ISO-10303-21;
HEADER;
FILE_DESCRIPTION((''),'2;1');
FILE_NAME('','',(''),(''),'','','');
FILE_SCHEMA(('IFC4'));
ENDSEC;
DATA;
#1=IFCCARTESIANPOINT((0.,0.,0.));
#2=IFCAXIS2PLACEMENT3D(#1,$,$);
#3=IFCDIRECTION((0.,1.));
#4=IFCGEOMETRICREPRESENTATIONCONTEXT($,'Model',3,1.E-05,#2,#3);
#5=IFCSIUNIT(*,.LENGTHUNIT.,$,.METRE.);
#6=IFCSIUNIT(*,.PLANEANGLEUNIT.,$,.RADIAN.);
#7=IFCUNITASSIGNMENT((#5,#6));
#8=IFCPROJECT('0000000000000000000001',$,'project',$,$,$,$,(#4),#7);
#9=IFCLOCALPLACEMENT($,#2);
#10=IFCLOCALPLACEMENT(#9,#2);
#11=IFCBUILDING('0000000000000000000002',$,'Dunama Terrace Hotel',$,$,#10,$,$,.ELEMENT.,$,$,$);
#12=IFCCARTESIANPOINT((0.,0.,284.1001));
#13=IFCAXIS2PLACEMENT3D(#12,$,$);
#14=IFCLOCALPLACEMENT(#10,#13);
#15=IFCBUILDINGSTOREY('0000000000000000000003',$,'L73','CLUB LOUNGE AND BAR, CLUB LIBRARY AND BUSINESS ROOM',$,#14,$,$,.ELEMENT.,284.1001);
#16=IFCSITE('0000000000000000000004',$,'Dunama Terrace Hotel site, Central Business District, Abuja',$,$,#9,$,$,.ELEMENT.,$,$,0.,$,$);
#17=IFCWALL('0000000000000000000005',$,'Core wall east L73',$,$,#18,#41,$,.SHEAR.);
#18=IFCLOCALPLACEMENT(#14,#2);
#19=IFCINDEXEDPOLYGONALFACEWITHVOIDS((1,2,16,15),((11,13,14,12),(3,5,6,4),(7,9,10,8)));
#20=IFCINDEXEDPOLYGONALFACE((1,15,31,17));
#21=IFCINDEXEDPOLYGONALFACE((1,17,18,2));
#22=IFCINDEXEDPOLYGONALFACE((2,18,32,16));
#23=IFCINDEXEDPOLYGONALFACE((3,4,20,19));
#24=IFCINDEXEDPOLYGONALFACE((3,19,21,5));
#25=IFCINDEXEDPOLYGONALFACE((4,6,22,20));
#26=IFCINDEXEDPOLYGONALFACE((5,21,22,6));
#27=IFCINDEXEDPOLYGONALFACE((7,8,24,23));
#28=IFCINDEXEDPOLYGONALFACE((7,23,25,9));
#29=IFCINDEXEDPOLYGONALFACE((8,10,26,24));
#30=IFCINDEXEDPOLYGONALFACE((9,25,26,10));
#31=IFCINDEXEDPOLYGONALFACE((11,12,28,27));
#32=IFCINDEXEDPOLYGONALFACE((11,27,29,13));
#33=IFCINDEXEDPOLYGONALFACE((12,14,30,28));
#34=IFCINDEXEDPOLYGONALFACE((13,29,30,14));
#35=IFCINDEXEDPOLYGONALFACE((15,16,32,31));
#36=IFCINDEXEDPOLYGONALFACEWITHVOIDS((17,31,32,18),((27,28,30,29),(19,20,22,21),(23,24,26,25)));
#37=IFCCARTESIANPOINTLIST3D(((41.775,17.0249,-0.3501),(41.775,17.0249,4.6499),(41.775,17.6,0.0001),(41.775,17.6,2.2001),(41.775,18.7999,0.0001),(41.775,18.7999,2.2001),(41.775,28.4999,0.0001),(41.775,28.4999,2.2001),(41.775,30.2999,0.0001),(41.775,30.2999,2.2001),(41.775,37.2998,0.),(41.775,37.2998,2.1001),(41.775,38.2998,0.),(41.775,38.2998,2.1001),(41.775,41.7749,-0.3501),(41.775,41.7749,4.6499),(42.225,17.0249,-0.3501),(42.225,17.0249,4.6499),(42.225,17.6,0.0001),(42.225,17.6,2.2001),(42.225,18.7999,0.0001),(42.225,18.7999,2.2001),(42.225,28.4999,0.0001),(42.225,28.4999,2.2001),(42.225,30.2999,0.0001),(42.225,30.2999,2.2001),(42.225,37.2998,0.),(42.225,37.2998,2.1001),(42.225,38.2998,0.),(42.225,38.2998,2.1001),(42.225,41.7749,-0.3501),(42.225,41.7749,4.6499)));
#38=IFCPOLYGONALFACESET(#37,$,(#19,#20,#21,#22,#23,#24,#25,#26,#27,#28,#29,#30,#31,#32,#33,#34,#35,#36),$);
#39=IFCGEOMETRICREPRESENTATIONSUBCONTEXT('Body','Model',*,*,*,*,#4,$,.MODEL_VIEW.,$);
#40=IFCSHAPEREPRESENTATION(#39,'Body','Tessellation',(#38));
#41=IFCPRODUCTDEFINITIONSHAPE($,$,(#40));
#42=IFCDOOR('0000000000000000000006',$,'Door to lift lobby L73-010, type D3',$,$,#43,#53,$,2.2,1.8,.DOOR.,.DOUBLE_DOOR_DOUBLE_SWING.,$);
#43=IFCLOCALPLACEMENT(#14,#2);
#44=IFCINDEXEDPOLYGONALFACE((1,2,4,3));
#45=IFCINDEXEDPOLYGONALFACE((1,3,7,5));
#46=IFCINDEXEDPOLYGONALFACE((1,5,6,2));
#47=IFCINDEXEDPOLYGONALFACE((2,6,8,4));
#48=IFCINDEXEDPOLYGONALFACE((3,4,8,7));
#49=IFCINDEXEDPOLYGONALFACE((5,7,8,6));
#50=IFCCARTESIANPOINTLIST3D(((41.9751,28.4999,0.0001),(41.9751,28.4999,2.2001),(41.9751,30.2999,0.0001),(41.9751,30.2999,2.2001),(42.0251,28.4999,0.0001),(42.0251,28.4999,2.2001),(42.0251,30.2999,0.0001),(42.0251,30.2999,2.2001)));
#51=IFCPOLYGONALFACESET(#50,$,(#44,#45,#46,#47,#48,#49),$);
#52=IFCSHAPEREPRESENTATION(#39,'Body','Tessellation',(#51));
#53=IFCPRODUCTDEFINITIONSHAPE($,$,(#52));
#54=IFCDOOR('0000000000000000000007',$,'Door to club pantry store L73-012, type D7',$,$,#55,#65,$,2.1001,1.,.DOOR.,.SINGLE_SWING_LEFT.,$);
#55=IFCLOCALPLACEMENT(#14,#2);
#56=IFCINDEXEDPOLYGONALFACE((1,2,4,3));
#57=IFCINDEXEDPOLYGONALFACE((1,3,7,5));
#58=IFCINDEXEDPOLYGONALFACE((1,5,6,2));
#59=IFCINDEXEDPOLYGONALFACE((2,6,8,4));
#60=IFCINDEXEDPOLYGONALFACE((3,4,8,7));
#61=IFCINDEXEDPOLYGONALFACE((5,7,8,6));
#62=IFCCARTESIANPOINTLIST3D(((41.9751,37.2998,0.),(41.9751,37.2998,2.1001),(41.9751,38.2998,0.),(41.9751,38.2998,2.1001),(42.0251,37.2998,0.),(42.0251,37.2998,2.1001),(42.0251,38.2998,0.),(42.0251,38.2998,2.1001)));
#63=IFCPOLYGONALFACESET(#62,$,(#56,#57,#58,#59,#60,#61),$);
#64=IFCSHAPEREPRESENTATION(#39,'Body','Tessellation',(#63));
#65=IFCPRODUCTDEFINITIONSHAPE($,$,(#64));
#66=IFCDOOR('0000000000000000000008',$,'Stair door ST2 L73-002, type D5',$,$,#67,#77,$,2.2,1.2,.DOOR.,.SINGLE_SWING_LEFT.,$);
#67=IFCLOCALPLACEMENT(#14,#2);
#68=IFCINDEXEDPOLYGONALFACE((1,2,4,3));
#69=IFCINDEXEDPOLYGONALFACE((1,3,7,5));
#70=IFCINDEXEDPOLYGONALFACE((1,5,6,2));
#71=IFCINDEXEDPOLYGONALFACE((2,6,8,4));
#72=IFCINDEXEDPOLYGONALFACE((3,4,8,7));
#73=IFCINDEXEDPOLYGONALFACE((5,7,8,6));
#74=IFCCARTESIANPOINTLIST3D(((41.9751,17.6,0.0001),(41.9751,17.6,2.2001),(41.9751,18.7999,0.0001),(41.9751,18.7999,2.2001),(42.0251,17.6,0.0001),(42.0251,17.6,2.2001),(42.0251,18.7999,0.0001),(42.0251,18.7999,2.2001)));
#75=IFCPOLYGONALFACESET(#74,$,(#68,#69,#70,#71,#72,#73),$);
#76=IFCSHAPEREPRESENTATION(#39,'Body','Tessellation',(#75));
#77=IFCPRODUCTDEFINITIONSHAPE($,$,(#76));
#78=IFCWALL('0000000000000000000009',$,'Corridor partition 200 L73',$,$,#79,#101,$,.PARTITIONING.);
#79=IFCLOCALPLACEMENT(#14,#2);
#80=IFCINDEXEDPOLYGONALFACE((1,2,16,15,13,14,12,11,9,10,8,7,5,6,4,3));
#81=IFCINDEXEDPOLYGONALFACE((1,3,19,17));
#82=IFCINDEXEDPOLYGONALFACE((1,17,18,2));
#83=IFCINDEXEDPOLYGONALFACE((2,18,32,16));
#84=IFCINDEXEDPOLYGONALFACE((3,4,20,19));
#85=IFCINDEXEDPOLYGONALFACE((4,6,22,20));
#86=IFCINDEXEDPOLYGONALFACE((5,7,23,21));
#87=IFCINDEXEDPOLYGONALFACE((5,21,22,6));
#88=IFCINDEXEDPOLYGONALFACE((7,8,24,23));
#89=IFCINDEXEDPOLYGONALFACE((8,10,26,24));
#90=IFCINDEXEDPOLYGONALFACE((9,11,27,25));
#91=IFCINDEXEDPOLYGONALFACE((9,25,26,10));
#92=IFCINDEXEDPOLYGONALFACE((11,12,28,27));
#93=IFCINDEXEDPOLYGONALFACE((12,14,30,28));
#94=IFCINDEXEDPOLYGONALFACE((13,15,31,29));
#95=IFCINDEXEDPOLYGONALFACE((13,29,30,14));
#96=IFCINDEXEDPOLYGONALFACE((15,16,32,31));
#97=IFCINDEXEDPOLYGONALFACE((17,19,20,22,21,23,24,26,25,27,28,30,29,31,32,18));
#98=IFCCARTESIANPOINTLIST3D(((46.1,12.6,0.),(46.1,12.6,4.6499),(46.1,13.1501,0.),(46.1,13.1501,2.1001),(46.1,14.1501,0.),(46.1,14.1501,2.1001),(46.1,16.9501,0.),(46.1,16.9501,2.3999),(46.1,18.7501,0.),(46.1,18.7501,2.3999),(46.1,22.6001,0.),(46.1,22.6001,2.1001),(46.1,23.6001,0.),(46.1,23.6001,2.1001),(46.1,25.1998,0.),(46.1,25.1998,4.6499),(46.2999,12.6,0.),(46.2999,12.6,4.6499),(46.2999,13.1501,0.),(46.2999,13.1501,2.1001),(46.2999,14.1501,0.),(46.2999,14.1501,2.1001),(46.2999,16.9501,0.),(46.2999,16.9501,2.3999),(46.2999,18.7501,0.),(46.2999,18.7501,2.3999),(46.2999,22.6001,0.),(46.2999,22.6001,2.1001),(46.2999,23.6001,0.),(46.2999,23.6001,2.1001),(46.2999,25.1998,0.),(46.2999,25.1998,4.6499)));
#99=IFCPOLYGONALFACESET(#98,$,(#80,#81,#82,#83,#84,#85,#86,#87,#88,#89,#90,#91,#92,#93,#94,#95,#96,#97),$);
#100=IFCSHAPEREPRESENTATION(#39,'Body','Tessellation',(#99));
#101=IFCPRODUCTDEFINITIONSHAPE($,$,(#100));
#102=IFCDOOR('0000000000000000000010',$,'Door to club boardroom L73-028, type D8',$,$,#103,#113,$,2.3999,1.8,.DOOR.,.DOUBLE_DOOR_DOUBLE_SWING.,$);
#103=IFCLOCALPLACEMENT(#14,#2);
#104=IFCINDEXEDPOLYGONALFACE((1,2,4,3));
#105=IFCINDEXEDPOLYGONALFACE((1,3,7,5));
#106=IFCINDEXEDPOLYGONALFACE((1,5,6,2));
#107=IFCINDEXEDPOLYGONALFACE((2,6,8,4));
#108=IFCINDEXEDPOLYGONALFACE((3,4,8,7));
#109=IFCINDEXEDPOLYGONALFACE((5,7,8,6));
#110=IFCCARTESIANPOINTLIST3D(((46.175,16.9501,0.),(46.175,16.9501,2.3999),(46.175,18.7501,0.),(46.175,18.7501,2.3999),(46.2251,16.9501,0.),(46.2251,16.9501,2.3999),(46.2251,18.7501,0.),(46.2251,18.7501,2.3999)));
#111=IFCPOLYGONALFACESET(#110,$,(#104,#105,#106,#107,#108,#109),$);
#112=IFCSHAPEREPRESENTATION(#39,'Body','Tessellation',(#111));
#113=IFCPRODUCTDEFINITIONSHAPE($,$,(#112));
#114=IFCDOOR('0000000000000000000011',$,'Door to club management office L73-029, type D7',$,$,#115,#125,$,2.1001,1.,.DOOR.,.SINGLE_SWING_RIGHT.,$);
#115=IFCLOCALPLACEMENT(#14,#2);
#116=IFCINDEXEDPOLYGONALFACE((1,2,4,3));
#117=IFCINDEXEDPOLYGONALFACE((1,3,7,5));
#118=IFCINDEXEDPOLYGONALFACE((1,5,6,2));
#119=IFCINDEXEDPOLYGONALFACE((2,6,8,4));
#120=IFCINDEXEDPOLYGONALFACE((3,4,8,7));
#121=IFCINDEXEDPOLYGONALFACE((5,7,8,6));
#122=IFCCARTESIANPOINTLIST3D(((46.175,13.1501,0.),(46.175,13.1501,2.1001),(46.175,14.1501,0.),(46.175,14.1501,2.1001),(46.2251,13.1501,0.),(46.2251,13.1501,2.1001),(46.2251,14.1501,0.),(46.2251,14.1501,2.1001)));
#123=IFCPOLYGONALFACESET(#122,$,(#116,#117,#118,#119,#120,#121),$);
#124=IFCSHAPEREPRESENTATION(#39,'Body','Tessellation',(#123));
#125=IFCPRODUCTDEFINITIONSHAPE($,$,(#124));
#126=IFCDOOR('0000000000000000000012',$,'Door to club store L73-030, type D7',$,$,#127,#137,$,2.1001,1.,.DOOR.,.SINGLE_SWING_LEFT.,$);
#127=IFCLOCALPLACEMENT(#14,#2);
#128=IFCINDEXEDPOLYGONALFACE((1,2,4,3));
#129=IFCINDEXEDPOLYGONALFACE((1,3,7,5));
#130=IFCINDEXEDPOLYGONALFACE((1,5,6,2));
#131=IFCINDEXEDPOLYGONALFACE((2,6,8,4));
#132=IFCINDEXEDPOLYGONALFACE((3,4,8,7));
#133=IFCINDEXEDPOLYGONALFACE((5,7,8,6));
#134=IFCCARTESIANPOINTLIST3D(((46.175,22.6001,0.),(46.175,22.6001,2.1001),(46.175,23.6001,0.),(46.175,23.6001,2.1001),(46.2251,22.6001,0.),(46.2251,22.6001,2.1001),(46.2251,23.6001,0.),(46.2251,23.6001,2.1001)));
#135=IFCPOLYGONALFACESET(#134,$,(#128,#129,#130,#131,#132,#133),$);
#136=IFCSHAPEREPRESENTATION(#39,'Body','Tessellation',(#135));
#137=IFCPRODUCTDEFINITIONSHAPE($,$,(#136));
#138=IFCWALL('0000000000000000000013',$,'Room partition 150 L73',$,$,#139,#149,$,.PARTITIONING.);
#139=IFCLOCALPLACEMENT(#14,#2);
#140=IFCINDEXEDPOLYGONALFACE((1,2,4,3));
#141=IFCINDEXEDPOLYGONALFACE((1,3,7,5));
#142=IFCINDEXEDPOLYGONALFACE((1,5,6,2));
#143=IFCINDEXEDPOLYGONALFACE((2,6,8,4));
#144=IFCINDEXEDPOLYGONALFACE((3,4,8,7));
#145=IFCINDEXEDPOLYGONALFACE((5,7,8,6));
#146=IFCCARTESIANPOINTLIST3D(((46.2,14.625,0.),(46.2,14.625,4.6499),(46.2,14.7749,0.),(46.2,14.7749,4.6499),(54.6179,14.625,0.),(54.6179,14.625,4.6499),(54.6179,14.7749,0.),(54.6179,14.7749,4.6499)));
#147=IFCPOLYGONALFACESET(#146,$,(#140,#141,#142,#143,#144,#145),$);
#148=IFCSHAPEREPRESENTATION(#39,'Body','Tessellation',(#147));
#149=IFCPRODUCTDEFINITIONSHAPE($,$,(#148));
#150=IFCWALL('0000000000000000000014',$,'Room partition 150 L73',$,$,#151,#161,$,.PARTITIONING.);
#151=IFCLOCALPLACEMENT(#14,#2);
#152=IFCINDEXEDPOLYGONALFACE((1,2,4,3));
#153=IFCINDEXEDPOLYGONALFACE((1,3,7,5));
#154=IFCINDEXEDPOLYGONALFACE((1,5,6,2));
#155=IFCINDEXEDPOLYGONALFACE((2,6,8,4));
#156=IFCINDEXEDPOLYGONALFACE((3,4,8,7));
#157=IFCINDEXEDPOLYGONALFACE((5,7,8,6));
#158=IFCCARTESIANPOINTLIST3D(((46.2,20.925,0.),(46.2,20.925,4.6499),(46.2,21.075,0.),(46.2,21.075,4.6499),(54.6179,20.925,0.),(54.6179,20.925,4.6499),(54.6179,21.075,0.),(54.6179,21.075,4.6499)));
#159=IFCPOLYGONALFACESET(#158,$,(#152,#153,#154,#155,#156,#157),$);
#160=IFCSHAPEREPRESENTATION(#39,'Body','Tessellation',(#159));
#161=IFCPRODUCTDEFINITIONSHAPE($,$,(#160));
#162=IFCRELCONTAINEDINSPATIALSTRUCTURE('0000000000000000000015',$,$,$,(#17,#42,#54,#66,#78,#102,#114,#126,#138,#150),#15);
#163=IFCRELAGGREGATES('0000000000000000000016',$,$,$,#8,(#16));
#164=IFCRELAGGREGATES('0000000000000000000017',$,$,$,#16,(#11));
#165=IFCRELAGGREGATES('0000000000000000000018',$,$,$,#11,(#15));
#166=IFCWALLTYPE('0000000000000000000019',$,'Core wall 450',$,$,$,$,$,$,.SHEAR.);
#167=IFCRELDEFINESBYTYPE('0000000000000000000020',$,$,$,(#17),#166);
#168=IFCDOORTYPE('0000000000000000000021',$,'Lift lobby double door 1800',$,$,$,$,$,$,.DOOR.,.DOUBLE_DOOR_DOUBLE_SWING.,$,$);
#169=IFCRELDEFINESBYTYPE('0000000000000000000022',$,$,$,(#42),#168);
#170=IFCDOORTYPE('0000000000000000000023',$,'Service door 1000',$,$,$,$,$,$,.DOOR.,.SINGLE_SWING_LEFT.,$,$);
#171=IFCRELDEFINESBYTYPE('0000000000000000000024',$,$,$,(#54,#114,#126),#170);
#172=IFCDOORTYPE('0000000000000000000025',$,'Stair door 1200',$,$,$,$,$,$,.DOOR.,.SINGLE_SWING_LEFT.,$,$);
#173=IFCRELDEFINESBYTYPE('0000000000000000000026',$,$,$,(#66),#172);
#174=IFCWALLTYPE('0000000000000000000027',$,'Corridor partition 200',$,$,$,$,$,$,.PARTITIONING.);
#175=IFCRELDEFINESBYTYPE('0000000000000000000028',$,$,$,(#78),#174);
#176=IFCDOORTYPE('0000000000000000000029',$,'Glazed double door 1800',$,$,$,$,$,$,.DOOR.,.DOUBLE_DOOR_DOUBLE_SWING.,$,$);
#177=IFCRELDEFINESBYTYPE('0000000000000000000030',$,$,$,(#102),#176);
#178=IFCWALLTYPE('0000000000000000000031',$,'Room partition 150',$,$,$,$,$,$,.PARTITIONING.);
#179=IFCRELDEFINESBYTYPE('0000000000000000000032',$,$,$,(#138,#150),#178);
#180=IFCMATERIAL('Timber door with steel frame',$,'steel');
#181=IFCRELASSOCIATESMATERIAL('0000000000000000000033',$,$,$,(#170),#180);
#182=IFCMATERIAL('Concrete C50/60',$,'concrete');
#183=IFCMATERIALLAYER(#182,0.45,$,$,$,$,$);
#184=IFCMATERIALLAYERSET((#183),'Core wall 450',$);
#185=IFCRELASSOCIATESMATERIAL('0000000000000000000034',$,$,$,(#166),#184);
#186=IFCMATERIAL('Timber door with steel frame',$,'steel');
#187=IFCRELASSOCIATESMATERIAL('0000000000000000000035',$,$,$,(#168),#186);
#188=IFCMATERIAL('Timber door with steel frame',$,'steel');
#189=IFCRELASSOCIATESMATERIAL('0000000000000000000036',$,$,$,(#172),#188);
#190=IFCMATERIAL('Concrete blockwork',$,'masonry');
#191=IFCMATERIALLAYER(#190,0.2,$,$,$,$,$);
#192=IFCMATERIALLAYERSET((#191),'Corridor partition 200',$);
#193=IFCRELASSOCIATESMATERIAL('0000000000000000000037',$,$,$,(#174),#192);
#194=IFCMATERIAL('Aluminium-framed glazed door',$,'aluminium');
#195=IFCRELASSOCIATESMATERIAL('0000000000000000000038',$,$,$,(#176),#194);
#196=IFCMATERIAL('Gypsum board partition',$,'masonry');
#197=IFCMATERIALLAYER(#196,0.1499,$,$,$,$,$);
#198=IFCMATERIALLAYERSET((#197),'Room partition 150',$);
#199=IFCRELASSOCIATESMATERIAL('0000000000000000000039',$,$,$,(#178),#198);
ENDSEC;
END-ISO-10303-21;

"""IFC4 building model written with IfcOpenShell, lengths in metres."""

from ifc_helpers import new_model, si_unit, direction, frame, frame_2d, origin, place, context, subcontext, project, spatial, rectangle, extrude, material, layer, layer_set, type_object, element, fill, save


model = new_model("IFC4")

# Units and contexts
model_context = context("Model", 3, precision=1e-05, world=origin(), true_north=direction((0.0, 1.0)))
body_context = subcontext(model_context, "Body", "Model", "MODEL_VIEW")
ifc_project = project(units=[si_unit("LENGTHUNIT", "METRE"), si_unit("PLANEANGLEUNIT", "RADIAN")], contexts=[model_context])

# Site, building, storey
site_placement = place(None, origin())
site = spatial("IfcSite", under=ifc_project, at=site_placement, Name="Dunama Terrace Hotel site, Central Business District, Abuja", CompositionType="ELEMENT", RefElevation=0.0)
building_placement = place(site_placement, origin())
building = spatial("IfcBuilding", under=site, at=building_placement, Name="Dunama Terrace Hotel", CompositionType="ELEMENT")
storey_placement = place(building_placement, frame((0.0, 0.0, 284.1001)))
storey = spatial("IfcBuildingStorey", under=building, at=storey_placement, Name="L73", Description="CLUB LOUNGE AND BAR, CLUB LIBRARY AND BUSINESS ROOM", CompositionType="ELEMENT", Elevation=284.1001)

# Shared definitions
ifc_material_1 = material(Name="Timber door with steel frame", Category="steel")
door_type_1 = type_object("IfcDoorType", Name="Service door 1000", OperationType="SINGLE_SWING_LEFT", PredefinedType="DOOR", material=ifc_material_1)

# Walls, openings, doors
ifc_material_2 = material(Name="Concrete C50/60", Category="concrete")
ifc_layer_1 = layer(ifc_material_2, 0.45)
ifc_layer_set_1 = layer_set([ifc_layer_1], Name="Core wall 450")
wall_type_1 = type_object("IfcWallType", Name="Core wall 450", PredefinedType="SHEAR", material=ifc_layer_set_1)
wall_1_placement = place(storey_placement, frame((42.0, 17.0249, -0.3501), z_axis=(0.0, 0.0, 1.0), x_axis=(0.0, 1.0, 0.0)))
wall_1 = element("IfcWall", 1, at=wall_1_placement, inside=storey, type_object=wall_type_1, Name="Core wall east L73", PredefinedType="SHEAR", context=body_context, shape_type="SweptSolid", body=[
    extrude(rectangle(XDim=24.75, YDim=0.45, at=frame_2d((12.375, 0.0))), origin(), (0.0, 0.0, 1.0), 5.0),
])
opening_1_placement = place(wall_1_placement, frame((0.575, 0.0, 0.3501)))
opening_1 = element("IfcOpeningElement", 2, at=opening_1_placement, cuts=wall_1, PredefinedType="OPENING", context=body_context, shape_type="SweptSolid", body=[
    extrude(rectangle(XDim=1.2, YDim=2.2, at=frame_2d((0.6001, 1.1001))), frame((0.0, 0.2349, 0.0), z_axis=(0.0, -1.0, 0.0), x_axis=(1.0, 0.0, 0.0)), (0.0, 0.0, 1.0), 0.47),
])
opening_2_placement = place(wall_1_placement, frame((11.4751, 0.0, 0.3501)))
opening_2 = element("IfcOpeningElement", 3, at=opening_2_placement, cuts=wall_1, PredefinedType="OPENING", context=body_context, shape_type="SweptSolid", body=[
    extrude(rectangle(XDim=1.8, YDim=2.2, at=frame_2d((0.8999, 1.1001))), frame((0.0, 0.2349, 0.0), z_axis=(0.0, -1.0, 0.0), x_axis=(1.0, 0.0, 0.0)), (0.0, 0.0, 1.0), 0.47),
])
opening_3_placement = place(wall_1_placement, frame((20.2749, 0.0, 0.3501)))
opening_3 = element("IfcOpeningElement", 4, at=opening_3_placement, cuts=wall_1, PredefinedType="OPENING", context=body_context, shape_type="SweptSolid", body=[
    extrude(rectangle(XDim=1.0, YDim=2.1001, at=frame_2d((0.5, 1.05))), frame((0.0, 0.2349, 0.0), z_axis=(0.0, -1.0, 0.0), x_axis=(1.0, 0.0, 0.0)), (0.0, 0.0, 1.0), 0.47),
])
ifc_material_3 = material(Name="Timber door with steel frame", Category="steel")
door_type_2 = type_object("IfcDoorType", Name="Lift lobby double door 1800", OperationType="DOUBLE_DOOR_DOUBLE_SWING", PredefinedType="DOOR", material=ifc_material_3)
door_1_placement = place(opening_2_placement, origin())
door_1 = element("IfcDoor", 5, at=door_1_placement, inside=storey, type_object=door_type_2, Name="Door to lift lobby L73-010, type D3", OperationType="DOUBLE_DOOR_DOUBLE_SWING", OverallHeight=2.2, OverallWidth=1.8, PredefinedType="DOOR", context=body_context, shape_type="SweptSolid", body=[
    extrude(rectangle(XDim=1.8, YDim=2.2, at=frame_2d((0.8999, 1.1001))), frame((0.0, 0.0249, 0.0), z_axis=(0.0, -1.0, 0.0), x_axis=(1.0, 0.0, 0.0)), (0.0, 0.0, 1.0), 0.05),
])
fill(opening_2, door_1)
door_2_placement = place(opening_3_placement, origin())
door_2 = element("IfcDoor", 6, at=door_2_placement, inside=storey, type_object=door_type_1, Name="Door to club pantry store L73-012, type D7", OperationType="SINGLE_SWING_LEFT", OverallHeight=2.1001, OverallWidth=1.0, PredefinedType="DOOR", context=body_context, shape_type="SweptSolid", body=[
    extrude(rectangle(XDim=1.0, YDim=2.1001, at=frame_2d((0.5, 1.05))), frame((0.0, 0.0249, 0.0), z_axis=(0.0, -1.0, 0.0), x_axis=(1.0, 0.0, 0.0)), (0.0, 0.0, 1.0), 0.05),
])
fill(opening_3, door_2)
ifc_material_4 = material(Name="Timber door with steel frame", Category="steel")
door_type_3 = type_object("IfcDoorType", Name="Stair door 1200", OperationType="SINGLE_SWING_LEFT", PredefinedType="DOOR", material=ifc_material_4)
door_3_placement = place(opening_1_placement, origin())
door_3 = element("IfcDoor", 7, at=door_3_placement, inside=storey, type_object=door_type_3, Name="Stair door ST2 L73-002, type D5", OperationType="SINGLE_SWING_LEFT", OverallHeight=2.2, OverallWidth=1.2, PredefinedType="DOOR", context=body_context, shape_type="SweptSolid", body=[
    extrude(rectangle(XDim=1.2, YDim=2.2, at=frame_2d((0.6001, 1.1001))), frame((0.0, 0.0249, 0.0), z_axis=(0.0, -1.0, 0.0), x_axis=(1.0, 0.0, 0.0)), (0.0, 0.0, 1.0), 0.05),
])
fill(opening_1, door_3)
ifc_material_5 = material(Name="Concrete blockwork", Category="masonry")
ifc_layer_2 = layer(ifc_material_5, 0.2)
ifc_layer_set_2 = layer_set([ifc_layer_2], Name="Corridor partition 200")
wall_type_2 = type_object("IfcWallType", Name="Corridor partition 200", PredefinedType="PARTITIONING", material=ifc_layer_set_2)
wall_2_placement = place(storey_placement, frame((46.2, 12.6001, 0.0), z_axis=(0.0, 0.0, 1.0), x_axis=(0.0, 1.0, 0.0)))
wall_2 = element("IfcWall", 8, at=wall_2_placement, inside=storey, type_object=wall_type_2, Name="Corridor partition 200 L73", PredefinedType="PARTITIONING", context=body_context, shape_type="SweptSolid", body=[
    extrude(rectangle(XDim=12.5999, YDim=0.2, at=frame_2d((6.2998, 0.0))), origin(), (0.0, 0.0, 1.0), 4.6499),
])
opening_4_placement = place(wall_2_placement, frame((4.3501, 0.0, 0.0)))
opening_4 = element("IfcOpeningElement", 9, at=opening_4_placement, cuts=wall_2, PredefinedType="OPENING", context=body_context, shape_type="SweptSolid", body=[
    extrude(rectangle(XDim=1.8, YDim=2.3999, at=frame_2d((0.8999, 1.2))), frame((0.0, 0.1099, 0.0), z_axis=(0.0, -1.0, 0.0), x_axis=(1.0, 0.0, 0.0)), (0.0, 0.0, 1.0), 0.22),
])
opening_5_placement = place(wall_2_placement, frame((0.55, 0.0, 0.0)))
opening_5 = element("IfcOpeningElement", 10, at=opening_5_placement, cuts=wall_2, PredefinedType="OPENING", context=body_context, shape_type="SweptSolid", body=[
    extrude(rectangle(XDim=1.0, YDim=2.1001, at=frame_2d((0.5, 1.05))), frame((0.0, 0.1099, 0.0), z_axis=(0.0, -1.0, 0.0), x_axis=(1.0, 0.0, 0.0)), (0.0, 0.0, 1.0), 0.22),
])
opening_6_placement = place(wall_2_placement, frame((10.0, 0.0, 0.0)))
opening_6 = element("IfcOpeningElement", 11, at=opening_6_placement, cuts=wall_2, PredefinedType="OPENING", context=body_context, shape_type="SweptSolid", body=[
    extrude(rectangle(XDim=1.0, YDim=2.1001, at=frame_2d((0.5, 1.05))), frame((0.0, 0.1099, 0.0), z_axis=(0.0, -1.0, 0.0), x_axis=(1.0, 0.0, 0.0)), (0.0, 0.0, 1.0), 0.22),
])
ifc_material_6 = material(Name="Aluminium-framed glazed door", Category="aluminium")
door_type_4 = type_object("IfcDoorType", Name="Glazed double door 1800", OperationType="DOUBLE_DOOR_DOUBLE_SWING", PredefinedType="DOOR", material=ifc_material_6)
door_4_placement = place(opening_4_placement, origin())
door_4 = element("IfcDoor", 12, at=door_4_placement, inside=storey, type_object=door_type_4, Name="Door to club boardroom L73-028, type D8", OperationType="DOUBLE_DOOR_DOUBLE_SWING", OverallHeight=2.3999, OverallWidth=1.8, PredefinedType="DOOR", context=body_context, shape_type="SweptSolid", body=[
    extrude(rectangle(XDim=1.8, YDim=2.3999, at=frame_2d((0.8999, 1.2))), frame((0.0, 0.0249, 0.0), z_axis=(0.0, -1.0, 0.0), x_axis=(1.0, 0.0, 0.0)), (0.0, 0.0, 1.0), 0.05),
])
fill(opening_4, door_4)
door_5_placement = place(opening_5_placement, frame((1.0, 0.0, 0.0), z_axis=(0.0, 0.0, 1.0), x_axis=(-1.0, 0.0, 0.0)))
door_5 = element("IfcDoor", 13, at=door_5_placement, inside=storey, type_object=door_type_1, Name="Door to club management office L73-029, type D7", OperationType="SINGLE_SWING_RIGHT", OverallHeight=2.1001, OverallWidth=1.0, PredefinedType="DOOR", context=body_context, shape_type="SweptSolid", body=[
    extrude(rectangle(XDim=1.0, YDim=2.1001, at=frame_2d((0.5, 1.05))), frame((0.0, 0.0251, 0.0), z_axis=(0.0, -1.0, 0.0), x_axis=(1.0, 0.0, 0.0)), (0.0, 0.0, 1.0), 0.05),
])
fill(opening_5, door_5)
door_6_placement = place(opening_6_placement, frame((1.0, 0.0, 0.0), z_axis=(0.0, 0.0, 1.0), x_axis=(-1.0, 0.0, 0.0)))
door_6 = element("IfcDoor", 14, at=door_6_placement, inside=storey, type_object=door_type_1, Name="Door to club store L73-030, type D7", OperationType="SINGLE_SWING_LEFT", OverallHeight=2.1001, OverallWidth=1.0, PredefinedType="DOOR", context=body_context, shape_type="SweptSolid", body=[
    extrude(rectangle(XDim=1.0, YDim=2.1001, at=frame_2d((0.5, 1.05))), frame((0.0, 0.0251, 0.0), z_axis=(0.0, -1.0, 0.0), x_axis=(1.0, 0.0, 0.0)), (0.0, 0.0, 1.0), 0.05),
])
fill(opening_6, door_6)

# Walls
ifc_material_7 = material(Name="Gypsum board partition", Category="masonry")
ifc_layer_3 = layer(ifc_material_7, 0.1499)
ifc_layer_set_3 = layer_set([ifc_layer_3], Name="Room partition 150")
wall_type_3 = type_object("IfcWallType", Name="Room partition 150", PredefinedType="PARTITIONING", material=ifc_layer_set_3)
for number, where, z_axis, x_axis, name in (
    (15, (46.2, 14.7, 0.0), (0.0, 0.0, 1.0), (1.0, 0.0, 0.0), "Room partition 150 L73"),
    (16, (46.2, 21.0, 0.0), (0.0, 0.0, 1.0), (1.0, 0.0, 0.0), "Room partition 150 L73"),
):
    element("IfcWall", number, at=place(storey_placement, frame(where, z_axis=z_axis, x_axis=x_axis)), inside=storey, type_object=wall_type_3, Name=name, PredefinedType="PARTITIONING", context=body_context, shape_type="SweptSolid", body=[
        extrude(rectangle(XDim=8.418, YDim=0.1499, at=frame_2d((4.209, 0.0))), origin(), (0.0, 0.0, 1.0), 4.6499),
    ])

save(model, "model.ifc")
